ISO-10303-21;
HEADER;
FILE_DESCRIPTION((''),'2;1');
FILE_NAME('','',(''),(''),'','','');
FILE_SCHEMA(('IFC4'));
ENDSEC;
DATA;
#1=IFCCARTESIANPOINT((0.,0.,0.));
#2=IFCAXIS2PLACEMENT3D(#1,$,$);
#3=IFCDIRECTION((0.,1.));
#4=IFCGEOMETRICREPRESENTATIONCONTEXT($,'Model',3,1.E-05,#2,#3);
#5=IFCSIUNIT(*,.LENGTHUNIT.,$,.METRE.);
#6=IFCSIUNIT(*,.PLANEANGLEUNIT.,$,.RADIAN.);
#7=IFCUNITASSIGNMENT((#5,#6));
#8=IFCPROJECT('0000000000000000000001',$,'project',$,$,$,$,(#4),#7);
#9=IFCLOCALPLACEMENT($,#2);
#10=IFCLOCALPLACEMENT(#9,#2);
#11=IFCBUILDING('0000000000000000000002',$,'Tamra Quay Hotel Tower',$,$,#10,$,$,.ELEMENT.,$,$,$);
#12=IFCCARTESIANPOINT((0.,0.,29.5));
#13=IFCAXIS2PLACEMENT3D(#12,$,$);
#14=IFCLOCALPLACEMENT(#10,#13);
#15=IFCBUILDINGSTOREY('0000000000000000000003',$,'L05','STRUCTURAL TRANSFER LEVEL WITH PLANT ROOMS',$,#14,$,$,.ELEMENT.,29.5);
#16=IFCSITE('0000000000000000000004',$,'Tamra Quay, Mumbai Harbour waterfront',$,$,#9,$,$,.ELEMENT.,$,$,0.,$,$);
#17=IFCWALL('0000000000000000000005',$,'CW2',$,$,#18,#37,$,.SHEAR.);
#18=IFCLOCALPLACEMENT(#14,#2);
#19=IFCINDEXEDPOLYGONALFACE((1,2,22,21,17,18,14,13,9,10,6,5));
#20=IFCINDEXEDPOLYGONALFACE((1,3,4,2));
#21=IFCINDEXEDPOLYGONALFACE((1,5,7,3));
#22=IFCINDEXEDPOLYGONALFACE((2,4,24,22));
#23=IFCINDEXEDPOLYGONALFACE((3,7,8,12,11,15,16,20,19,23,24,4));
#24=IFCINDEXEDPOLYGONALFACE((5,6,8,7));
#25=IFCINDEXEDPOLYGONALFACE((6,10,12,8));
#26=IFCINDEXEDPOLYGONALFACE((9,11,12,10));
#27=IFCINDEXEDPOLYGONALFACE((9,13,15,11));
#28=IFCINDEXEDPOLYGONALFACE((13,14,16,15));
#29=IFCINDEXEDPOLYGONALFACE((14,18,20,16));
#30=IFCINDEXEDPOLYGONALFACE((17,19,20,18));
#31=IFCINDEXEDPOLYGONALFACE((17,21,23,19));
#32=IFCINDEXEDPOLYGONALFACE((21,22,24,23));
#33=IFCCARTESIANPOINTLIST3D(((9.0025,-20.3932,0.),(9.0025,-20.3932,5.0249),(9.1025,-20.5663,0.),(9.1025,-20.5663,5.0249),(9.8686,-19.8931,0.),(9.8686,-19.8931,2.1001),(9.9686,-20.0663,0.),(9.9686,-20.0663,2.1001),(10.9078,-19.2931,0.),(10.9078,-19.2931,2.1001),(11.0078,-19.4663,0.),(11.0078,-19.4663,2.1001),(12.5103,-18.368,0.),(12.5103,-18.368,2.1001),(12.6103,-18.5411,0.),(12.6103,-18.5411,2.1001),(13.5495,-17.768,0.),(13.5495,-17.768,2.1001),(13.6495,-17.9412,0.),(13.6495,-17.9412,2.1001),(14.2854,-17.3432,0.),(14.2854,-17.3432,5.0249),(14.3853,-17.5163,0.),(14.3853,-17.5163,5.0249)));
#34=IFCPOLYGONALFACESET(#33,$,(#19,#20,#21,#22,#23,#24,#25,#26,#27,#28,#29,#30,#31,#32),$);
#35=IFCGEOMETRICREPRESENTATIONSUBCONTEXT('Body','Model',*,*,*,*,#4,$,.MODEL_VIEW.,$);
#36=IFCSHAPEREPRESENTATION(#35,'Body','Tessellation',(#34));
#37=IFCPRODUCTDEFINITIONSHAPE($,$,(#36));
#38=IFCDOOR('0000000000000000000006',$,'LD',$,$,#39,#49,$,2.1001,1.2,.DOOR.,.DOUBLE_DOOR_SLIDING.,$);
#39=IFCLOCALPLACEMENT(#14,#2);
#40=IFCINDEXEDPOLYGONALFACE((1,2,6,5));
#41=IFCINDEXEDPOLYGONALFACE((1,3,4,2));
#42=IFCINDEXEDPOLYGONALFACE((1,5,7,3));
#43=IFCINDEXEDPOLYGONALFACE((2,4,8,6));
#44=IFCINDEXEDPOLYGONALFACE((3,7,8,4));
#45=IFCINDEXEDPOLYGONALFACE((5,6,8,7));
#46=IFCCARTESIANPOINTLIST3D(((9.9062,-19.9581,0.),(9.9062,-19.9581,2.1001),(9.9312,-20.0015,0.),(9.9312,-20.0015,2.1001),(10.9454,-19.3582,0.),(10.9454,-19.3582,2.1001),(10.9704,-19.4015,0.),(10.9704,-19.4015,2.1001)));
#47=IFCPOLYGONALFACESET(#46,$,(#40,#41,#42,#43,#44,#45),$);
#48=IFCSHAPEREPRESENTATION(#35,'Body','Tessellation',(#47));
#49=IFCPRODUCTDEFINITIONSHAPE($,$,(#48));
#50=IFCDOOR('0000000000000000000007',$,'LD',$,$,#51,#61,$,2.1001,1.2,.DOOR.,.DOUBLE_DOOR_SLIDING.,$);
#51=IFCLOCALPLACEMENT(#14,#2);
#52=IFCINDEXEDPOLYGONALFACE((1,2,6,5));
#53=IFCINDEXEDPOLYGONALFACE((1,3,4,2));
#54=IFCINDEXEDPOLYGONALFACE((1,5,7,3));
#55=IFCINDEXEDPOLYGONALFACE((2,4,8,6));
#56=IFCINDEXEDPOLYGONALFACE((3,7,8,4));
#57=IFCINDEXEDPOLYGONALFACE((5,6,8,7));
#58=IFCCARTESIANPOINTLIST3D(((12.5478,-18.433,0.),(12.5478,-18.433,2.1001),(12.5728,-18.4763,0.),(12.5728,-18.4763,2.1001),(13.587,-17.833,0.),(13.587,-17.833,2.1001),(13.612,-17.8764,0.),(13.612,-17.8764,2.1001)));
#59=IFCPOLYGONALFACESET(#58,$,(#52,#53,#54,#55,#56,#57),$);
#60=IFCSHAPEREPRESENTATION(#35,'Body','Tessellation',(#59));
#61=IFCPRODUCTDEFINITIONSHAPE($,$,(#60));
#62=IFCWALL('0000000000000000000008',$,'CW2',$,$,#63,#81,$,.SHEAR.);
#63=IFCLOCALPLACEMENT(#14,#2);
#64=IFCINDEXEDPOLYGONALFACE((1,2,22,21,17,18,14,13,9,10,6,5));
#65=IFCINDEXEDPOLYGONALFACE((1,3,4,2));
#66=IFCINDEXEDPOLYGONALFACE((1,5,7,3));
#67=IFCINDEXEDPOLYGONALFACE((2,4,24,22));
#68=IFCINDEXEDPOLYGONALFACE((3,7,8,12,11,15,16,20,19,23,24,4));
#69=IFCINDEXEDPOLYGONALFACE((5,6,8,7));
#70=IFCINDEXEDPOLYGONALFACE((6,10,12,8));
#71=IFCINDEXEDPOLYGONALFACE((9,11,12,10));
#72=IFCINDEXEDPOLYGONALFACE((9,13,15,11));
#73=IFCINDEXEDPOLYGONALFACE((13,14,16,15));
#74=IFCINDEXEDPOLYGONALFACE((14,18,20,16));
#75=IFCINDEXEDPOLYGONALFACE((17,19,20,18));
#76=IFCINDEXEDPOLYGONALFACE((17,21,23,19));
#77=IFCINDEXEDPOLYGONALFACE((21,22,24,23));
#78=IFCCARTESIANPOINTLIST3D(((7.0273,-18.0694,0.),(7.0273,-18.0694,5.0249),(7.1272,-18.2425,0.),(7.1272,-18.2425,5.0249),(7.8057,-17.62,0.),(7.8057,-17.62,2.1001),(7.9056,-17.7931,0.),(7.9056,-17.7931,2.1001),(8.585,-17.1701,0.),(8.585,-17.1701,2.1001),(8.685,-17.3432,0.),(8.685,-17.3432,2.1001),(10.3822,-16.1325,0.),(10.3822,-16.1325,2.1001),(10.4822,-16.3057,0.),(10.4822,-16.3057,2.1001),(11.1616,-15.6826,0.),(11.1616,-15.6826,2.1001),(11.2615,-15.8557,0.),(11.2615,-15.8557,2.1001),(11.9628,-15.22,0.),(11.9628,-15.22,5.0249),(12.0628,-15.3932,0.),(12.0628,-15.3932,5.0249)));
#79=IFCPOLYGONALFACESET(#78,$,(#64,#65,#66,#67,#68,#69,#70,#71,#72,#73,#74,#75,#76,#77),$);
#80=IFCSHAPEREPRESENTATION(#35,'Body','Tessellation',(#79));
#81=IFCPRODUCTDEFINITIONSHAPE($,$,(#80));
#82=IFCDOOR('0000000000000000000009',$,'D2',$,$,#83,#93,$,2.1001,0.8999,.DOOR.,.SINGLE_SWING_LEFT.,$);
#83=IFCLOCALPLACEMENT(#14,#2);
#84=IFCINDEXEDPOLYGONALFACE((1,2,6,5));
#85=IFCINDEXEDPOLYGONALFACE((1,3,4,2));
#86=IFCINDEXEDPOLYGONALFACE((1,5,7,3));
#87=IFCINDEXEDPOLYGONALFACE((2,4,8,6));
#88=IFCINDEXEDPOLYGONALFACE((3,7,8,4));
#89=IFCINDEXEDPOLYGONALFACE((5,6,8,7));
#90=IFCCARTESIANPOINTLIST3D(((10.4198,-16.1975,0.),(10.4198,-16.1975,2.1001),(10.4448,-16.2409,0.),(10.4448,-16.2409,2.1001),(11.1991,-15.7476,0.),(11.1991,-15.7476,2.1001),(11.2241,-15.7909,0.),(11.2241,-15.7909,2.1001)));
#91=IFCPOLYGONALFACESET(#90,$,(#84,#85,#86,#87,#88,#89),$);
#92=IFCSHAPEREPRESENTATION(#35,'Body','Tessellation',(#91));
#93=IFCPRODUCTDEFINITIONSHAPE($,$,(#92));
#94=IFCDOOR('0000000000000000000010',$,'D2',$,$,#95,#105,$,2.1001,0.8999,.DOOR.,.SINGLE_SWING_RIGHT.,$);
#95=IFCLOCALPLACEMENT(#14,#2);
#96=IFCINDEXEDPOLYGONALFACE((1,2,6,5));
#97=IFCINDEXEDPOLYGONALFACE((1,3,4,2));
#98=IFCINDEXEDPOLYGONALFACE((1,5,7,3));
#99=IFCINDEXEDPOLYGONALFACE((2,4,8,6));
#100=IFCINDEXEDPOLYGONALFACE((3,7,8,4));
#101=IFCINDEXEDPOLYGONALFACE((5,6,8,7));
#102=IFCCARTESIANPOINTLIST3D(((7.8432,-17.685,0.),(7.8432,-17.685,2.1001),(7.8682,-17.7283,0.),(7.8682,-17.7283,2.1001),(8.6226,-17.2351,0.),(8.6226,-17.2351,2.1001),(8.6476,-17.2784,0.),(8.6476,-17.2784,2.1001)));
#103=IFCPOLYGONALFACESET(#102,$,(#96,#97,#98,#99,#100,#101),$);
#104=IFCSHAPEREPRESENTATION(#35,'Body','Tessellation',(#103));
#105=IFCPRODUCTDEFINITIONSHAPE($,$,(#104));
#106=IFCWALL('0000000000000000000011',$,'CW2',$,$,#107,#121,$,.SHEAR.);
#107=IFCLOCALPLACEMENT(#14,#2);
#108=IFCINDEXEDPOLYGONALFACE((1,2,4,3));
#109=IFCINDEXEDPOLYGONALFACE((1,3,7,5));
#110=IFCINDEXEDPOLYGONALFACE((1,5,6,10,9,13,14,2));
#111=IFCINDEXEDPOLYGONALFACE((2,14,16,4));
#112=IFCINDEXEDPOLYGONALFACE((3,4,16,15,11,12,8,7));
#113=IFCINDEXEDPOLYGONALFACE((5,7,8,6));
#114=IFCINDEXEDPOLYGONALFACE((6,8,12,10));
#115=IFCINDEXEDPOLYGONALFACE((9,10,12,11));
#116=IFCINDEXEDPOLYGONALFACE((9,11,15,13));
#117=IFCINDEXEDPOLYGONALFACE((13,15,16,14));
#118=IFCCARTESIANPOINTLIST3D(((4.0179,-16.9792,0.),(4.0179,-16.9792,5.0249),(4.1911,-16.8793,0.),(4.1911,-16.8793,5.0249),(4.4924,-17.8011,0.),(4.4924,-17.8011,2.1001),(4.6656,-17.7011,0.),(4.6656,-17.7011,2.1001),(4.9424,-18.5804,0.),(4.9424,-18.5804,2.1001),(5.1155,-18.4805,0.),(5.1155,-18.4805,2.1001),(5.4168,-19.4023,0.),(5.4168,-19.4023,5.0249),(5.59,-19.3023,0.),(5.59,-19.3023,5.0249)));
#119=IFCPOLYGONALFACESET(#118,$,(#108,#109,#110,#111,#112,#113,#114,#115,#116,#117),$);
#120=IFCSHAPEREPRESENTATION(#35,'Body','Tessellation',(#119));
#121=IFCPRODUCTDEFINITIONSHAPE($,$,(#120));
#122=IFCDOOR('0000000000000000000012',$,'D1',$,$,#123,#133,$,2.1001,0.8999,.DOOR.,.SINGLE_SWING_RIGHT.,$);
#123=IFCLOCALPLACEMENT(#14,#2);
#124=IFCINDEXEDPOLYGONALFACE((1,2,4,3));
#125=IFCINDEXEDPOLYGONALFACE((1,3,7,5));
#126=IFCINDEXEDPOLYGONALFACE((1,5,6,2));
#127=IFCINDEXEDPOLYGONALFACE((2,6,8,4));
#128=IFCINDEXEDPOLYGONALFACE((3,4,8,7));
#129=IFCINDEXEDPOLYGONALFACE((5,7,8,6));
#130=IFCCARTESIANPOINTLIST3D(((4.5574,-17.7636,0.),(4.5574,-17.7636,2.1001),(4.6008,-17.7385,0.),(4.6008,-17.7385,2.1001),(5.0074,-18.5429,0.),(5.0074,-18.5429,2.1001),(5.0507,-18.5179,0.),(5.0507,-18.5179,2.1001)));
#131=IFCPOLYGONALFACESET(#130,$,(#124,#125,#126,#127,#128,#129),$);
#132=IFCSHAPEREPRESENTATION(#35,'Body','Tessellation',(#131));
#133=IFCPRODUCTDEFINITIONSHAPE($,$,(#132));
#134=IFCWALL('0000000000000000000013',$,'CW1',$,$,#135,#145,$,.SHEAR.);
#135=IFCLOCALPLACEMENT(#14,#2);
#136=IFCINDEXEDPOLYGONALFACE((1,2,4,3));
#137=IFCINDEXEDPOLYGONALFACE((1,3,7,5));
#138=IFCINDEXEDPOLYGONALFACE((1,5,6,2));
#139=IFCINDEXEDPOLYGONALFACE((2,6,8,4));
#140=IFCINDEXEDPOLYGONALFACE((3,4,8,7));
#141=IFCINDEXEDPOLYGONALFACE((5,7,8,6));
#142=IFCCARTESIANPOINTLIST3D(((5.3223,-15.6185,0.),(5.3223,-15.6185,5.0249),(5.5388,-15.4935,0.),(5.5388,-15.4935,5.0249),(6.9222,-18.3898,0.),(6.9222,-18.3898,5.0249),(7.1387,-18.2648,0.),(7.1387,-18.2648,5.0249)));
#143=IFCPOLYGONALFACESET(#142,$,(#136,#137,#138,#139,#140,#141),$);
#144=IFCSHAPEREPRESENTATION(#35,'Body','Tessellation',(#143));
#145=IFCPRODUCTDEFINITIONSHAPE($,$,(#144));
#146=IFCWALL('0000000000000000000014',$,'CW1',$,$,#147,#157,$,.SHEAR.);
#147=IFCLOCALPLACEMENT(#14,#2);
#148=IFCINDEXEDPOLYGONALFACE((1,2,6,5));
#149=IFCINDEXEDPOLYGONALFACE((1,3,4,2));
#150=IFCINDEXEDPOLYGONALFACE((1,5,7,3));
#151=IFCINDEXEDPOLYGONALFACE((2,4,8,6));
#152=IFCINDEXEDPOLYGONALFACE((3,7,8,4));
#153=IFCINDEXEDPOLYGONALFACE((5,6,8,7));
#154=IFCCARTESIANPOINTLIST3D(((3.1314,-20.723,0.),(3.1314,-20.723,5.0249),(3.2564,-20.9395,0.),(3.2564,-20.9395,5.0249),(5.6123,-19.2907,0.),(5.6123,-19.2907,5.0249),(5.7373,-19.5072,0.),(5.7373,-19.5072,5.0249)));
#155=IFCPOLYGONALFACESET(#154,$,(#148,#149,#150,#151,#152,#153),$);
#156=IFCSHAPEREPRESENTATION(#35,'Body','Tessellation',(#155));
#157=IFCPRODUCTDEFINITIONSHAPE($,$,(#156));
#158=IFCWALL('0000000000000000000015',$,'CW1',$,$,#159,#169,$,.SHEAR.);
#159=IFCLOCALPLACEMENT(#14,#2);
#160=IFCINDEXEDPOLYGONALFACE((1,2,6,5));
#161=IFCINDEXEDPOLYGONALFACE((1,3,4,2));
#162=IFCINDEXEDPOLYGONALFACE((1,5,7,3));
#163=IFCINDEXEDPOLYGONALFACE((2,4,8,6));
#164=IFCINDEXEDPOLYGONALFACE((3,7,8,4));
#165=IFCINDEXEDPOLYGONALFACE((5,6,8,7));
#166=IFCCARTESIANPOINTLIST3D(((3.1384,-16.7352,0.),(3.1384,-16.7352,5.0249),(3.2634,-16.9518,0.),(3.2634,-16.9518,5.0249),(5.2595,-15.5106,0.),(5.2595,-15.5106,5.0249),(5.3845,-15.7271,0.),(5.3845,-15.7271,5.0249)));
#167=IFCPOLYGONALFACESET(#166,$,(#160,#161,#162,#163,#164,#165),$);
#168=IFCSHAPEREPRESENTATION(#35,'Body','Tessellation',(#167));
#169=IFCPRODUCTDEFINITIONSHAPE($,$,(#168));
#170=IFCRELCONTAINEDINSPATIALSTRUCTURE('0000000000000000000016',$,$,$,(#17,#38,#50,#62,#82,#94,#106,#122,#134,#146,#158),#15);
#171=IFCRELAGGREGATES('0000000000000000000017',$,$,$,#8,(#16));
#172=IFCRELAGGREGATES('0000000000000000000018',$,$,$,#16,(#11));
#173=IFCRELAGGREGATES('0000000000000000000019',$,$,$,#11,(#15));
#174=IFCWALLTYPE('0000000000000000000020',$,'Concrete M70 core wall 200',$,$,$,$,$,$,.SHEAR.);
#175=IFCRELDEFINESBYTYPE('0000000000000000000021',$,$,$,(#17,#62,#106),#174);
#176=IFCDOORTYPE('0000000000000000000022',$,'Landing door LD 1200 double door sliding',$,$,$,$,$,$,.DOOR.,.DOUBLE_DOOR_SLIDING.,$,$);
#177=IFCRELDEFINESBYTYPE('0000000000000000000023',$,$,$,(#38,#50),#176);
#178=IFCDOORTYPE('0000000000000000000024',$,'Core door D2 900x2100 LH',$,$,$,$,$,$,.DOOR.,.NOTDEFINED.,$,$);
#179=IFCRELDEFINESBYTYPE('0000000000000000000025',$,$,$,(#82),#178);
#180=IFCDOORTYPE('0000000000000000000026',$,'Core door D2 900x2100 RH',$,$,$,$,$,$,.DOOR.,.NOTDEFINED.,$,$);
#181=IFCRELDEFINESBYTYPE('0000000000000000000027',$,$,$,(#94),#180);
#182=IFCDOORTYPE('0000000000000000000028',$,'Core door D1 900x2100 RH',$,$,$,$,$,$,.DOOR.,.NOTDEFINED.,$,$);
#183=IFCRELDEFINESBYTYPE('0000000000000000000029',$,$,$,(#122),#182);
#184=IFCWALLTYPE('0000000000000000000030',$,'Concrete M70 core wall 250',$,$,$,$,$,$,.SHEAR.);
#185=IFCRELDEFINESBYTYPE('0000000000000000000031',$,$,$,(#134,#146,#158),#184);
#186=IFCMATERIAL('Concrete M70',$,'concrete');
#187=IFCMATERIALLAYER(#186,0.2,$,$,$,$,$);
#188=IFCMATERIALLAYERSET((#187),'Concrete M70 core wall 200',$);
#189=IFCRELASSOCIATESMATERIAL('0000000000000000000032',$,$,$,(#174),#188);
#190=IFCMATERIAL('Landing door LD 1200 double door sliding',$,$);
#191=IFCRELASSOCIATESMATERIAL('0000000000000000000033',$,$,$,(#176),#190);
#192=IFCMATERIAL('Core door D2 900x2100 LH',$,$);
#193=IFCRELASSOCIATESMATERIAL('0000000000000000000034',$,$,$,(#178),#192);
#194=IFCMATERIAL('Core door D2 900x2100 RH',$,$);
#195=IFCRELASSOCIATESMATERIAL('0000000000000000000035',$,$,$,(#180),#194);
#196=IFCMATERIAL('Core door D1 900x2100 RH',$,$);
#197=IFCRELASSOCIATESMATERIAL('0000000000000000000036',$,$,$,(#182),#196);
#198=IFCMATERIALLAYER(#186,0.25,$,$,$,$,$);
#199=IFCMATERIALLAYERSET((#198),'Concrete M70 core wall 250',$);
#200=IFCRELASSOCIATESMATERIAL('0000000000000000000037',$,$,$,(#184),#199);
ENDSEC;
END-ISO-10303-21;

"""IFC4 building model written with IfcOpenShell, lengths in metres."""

from ifc_helpers import new_model, si_unit, direction, frame, frame_2d, origin, place, context, subcontext, project, spatial, rectangle, extrude, material, layer, layer_set, type_object, element, fill, save


model = new_model("IFC4")

# Units and contexts
model_context = context("Model", 3, precision=1e-05, world=origin(), true_north=direction((0.0, 1.0)))
body_context = subcontext(model_context, "Body", "Model", "MODEL_VIEW")
ifc_project = project(units=[si_unit("LENGTHUNIT", "METRE"), si_unit("PLANEANGLEUNIT", "RADIAN")], contexts=[model_context])

# Site, building, storey
site_placement = place(None, origin())
site = spatial("IfcSite", under=ifc_project, at=site_placement, Name="Tamra Quay, Mumbai Harbour waterfront", CompositionType="ELEMENT", RefElevation=0.0)
building_placement = place(site_placement, origin())
building = spatial("IfcBuilding", under=site, at=building_placement, Name="Tamra Quay Hotel Tower", CompositionType="ELEMENT")
storey_placement = place(building_placement, frame((0.0, 0.0, 29.5)))
storey = spatial("IfcBuildingStorey", under=building, at=storey_placement, Name="L05", Description="STRUCTURAL TRANSFER LEVEL WITH PLANT ROOMS", CompositionType="ELEMENT", Elevation=29.5)

# Walls, openings, doors
ifc_material_1 = material(Name="Concrete M70", Category="concrete")
ifc_layer_1 = layer(ifc_material_1, 0.2)
ifc_layer_set_1 = layer_set([ifc_layer_1], Name="Concrete M70 core wall 200")
wall_type_1 = type_object("IfcWallType", Name="Concrete M70 core wall 200", PredefinedType="SHEAR", material=ifc_layer_set_1)
wall_1_placement = place(storey_placement, frame((9.0525, -20.4797, 0.0), z_axis=(0.0, 0.0, 1.0), x_axis=(0.86603, 0.499992, 0.0)))
wall_1 = element("IfcWall", 1, at=wall_1_placement, inside=storey, type_object=wall_type_1, Name="CW2", PredefinedType="SHEAR", context=body_context, shape_type="SweptSolid", body=[
    extrude(rectangle(XDim=6.1001, YDim=0.2, at=frame_2d((3.05, 0.0))), origin(), (0.0, 0.0, 1.0), 5.0249),
])
opening_1_placement = place(wall_1_placement, frame((1.0, 0.0, 0.0)))
opening_1 = element("IfcOpeningElement", 2, at=opening_1_placement, cuts=wall_1, PredefinedType="OPENING", context=body_context, shape_type="SweptSolid", body=[
    extrude(rectangle(XDim=1.2, YDim=2.1001, at=frame_2d((0.6001, 1.05))), frame((0.0, 0.1099, 0.0), z_axis=(0.0, -1.0, 0.0), x_axis=(1.0, 0.0, 0.0)), (0.0, 0.0, 1.0), 0.22),
])
opening_2_placement = place(wall_1_placement, frame((4.0503, 0.0, 0.0)))
opening_2 = element("IfcOpeningElement", 3, at=opening_2_placement, cuts=wall_1, PredefinedType="OPENING", context=body_context, shape_type="SweptSolid", body=[
    extrude(rectangle(XDim=1.2, YDim=2.1001, at=frame_2d((0.6001, 1.05))), frame((0.0, 0.1099, 0.0), z_axis=(0.0, -1.0, 0.0), x_axis=(1.0, 0.0, 0.0)), (0.0, 0.0, 1.0), 0.22),
])
ifc_material_2 = material(Name="Landing door LD 1200 double door sliding")
door_type_1 = type_object("IfcDoorType", Name="Landing door LD 1200 double door sliding", OperationType="DOUBLE_DOOR_SLIDING", PredefinedType="DOOR", material=ifc_material_2)
door_1_placement = place(opening_1_placement, origin())
door_1 = element("IfcDoor", 4, at=door_1_placement, inside=storey, type_object=door_type_1, Name="LD", OperationType="DOUBLE_DOOR_SLIDING", OverallHeight=2.1001, OverallWidth=1.2, PredefinedType="DOOR", context=body_context, shape_type="SweptSolid", body=[
    extrude(rectangle(XDim=1.2, YDim=2.1001, at=frame_2d((0.6001, 1.05))), frame((0.0, 0.0249, 0.0), z_axis=(0.0, -1.0, 0.0), x_axis=(1.0, 0.0, 0.0)), (0.0, 0.0, 1.0), 0.05),
])
fill(opening_1, door_1)
door_2_placement = place(opening_2_placement, origin())
door_2 = element("IfcDoor", 5, at=door_2_placement, inside=storey, type_object=door_type_1, Name="LD", OperationType="DOUBLE_DOOR_SLIDING", OverallHeight=2.1001, OverallWidth=1.2, PredefinedType="DOOR", context=body_context, shape_type="SweptSolid", body=[
    extrude(rectangle(XDim=1.2, YDim=2.1001, at=frame_2d((0.6001, 1.05))), frame((0.0, 0.0249, 0.0), z_axis=(0.0, -1.0, 0.0), x_axis=(1.0, 0.0, 0.0)), (0.0, 0.0, 1.0), 0.05),
])
fill(opening_2, door_2)
wall_2_placement = place(storey_placement, frame((7.0771, -18.156, 0.0), z_axis=(0.0, 0.0, 1.0), x_axis=(0.866039, 0.499977, 0.0)))
wall_2 = element("IfcWall", 6, at=wall_2_placement, inside=storey, type_object=wall_type_1, Name="CW2", PredefinedType="SHEAR", context=body_context, shape_type="SweptSolid", body=[
    extrude(rectangle(XDim=5.699, YDim=0.2, at=frame_2d((2.8496, 0.0))), origin(), (0.0, 0.0, 1.0), 5.0249),
])
opening_3_placement = place(wall_2_placement, frame((0.8989, 0.0, 0.0)))
opening_3 = element("IfcOpeningElement", 7, at=opening_3_placement, cuts=wall_2, PredefinedType="OPENING", context=body_context, shape_type="SweptSolid", body=[
    extrude(rectangle(XDim=0.8999, YDim=2.1001, at=frame_2d((0.45, 1.05))), frame((0.0, 0.1099, 0.0), z_axis=(0.0, -1.0, 0.0), x_axis=(1.0, 0.0, 0.0)), (0.0, 0.0, 1.0), 0.22),
])
opening_4_placement = place(wall_2_placement, frame((3.874, 0.0, 0.0)))
opening_4 = element("IfcOpeningElement", 8, at=opening_4_placement, cuts=wall_2, PredefinedType="OPENING", context=body_context, shape_type="SweptSolid", body=[
    extrude(rectangle(XDim=0.8999, YDim=2.1001, at=frame_2d((0.45, 1.05))), frame((0.0, 0.1099, 0.0), z_axis=(0.0, -1.0, 0.0), x_axis=(1.0, 0.0, 0.0)), (0.0, 0.0, 1.0), 0.22),
])
ifc_material_3 = material(Name="Core door D2 900x2100 LH")
door_type_2 = type_object("IfcDoorType", Name="Core door D2 900x2100 LH", OperationType="NOTDEFINED", PredefinedType="DOOR", material=ifc_material_3)
door_3_placement = place(opening_4_placement, origin())
door_3 = element("IfcDoor", 9, at=door_3_placement, inside=storey, type_object=door_type_2, Name="D2", OperationType="SINGLE_SWING_LEFT", OverallHeight=2.1001, OverallWidth=0.8999, PredefinedType="DOOR", context=body_context, shape_type="SweptSolid", body=[
    extrude(rectangle(XDim=0.8999, YDim=2.1001, at=frame_2d((0.45, 1.05))), frame((0.0, 0.0249, 0.0), z_axis=(0.0, -1.0, 0.0), x_axis=(1.0, 0.0, 0.0)), (0.0, 0.0, 1.0), 0.05),
])
fill(opening_4, door_3)
ifc_material_4 = material(Name="Core door D2 900x2100 RH")
door_type_3 = type_object("IfcDoorType", Name="Core door D2 900x2100 RH", OperationType="NOTDEFINED", PredefinedType="DOOR", material=ifc_material_4)
door_4_placement = place(opening_3_placement, origin())
door_4 = element("IfcDoor", 10, at=door_4_placement, inside=storey, type_object=door_type_3, Name="D2", OperationType="SINGLE_SWING_RIGHT", OverallHeight=2.1001, OverallWidth=0.8999, PredefinedType="DOOR", context=body_context, shape_type="SweptSolid", body=[
    extrude(rectangle(XDim=0.8999, YDim=2.1001, at=frame_2d((0.45, 1.05))), frame((0.0, 0.0249, 0.0), z_axis=(0.0, -1.0, 0.0), x_axis=(1.0, 0.0, 0.0)), (0.0, 0.0, 1.0), 0.05),
])
fill(opening_3, door_4)

# Wall, opening, door
wall_3_placement = place(storey_placement, frame((5.5034, -19.3523, 0.0), z_axis=(0.0, 0.0, 1.0), x_axis=(-0.499987, 0.866033, 0.0)))
wall_3 = element("IfcWall", 11, at=wall_3_placement, inside=storey, type_object=wall_type_1, Name="CW2", PredefinedType="SHEAR", context=body_context, shape_type="SweptSolid", body=[
    extrude(rectangle(XDim=2.7979, YDim=0.2, at=frame_2d((1.3989, 0.0))), origin(), (0.0, 0.0, 1.0), 5.0249),
])
opening_5_placement = place(wall_3_placement, frame((0.949, 0.0, 0.0)))
opening_5 = element("IfcOpeningElement", 12, at=opening_5_placement, cuts=wall_3, PredefinedType="OPENING", context=body_context, shape_type="SweptSolid", body=[
    extrude(rectangle(XDim=0.8999, YDim=2.1001, at=frame_2d((0.45, 1.05))), frame((0.0, 0.1099, 0.0), z_axis=(0.0, -1.0, 0.0), x_axis=(1.0, 0.0, 0.0)), (0.0, 0.0, 1.0), 0.22),
])
ifc_material_5 = material(Name="Core door D1 900x2100 RH")
door_type_4 = type_object("IfcDoorType", Name="Core door D1 900x2100 RH", OperationType="NOTDEFINED", PredefinedType="DOOR", material=ifc_material_5)
door_5_placement = place(opening_5_placement, origin())
door_5 = element("IfcDoor", 13, at=door_5_placement, inside=storey, type_object=door_type_4, Name="D1", OperationType="SINGLE_SWING_RIGHT", OverallHeight=2.1001, OverallWidth=0.8999, PredefinedType="DOOR", context=body_context, shape_type="SweptSolid", body=[
    extrude(rectangle(XDim=0.8999, YDim=2.1001, at=frame_2d((0.45, 1.05))), frame((0.0, 0.0249, 0.0), z_axis=(0.0, -1.0, 0.0), x_axis=(1.0, 0.0, 0.0)), (0.0, 0.0, 1.0), 0.05),
])
fill(opening_5, door_5)

# Walls
ifc_layer_2 = layer(ifc_material_1, 0.25)
ifc_layer_set_2 = layer_set([ifc_layer_2], Name="Concrete M70 core wall 250")
wall_type_2 = type_object("IfcWallType", Name="Concrete M70 core wall 250", PredefinedType="SHEAR", material=ifc_layer_set_2)
wall_4_placement = place(storey_placement, frame((7.0305, -18.3274, 0.0), z_axis=(0.0, 0.0, 1.0), x_axis=(-0.499971, 0.866042, 0.0)))
element("IfcWall", 14, at=wall_4_placement, inside=storey, type_object=wall_type_2, Name="CW1", PredefinedType="SHEAR", context=body_context, shape_type="SweptSolid", body=[
    extrude(rectangle(XDim=3.2, YDim=0.25, at=frame_2d((1.6001, 0.0))), origin(), (0.0, 0.0, 1.0), 5.0249),
])
wall_5_placement = place(storey_placement, frame((5.6748, -19.3989, 0.0), z_axis=(0.0, 0.0, 1.0), x_axis=(-0.866027, -0.499998, 0.0)))
element("IfcWall", 15, at=wall_5_placement, inside=storey, type_object=wall_type_2, Name="CW1", PredefinedType="SHEAR", context=body_context, shape_type="SweptSolid", body=[
    extrude(rectangle(XDim=2.8647, YDim=0.25, at=frame_2d((1.4324, 0.0))), origin(), (0.0, 0.0, 1.0), 5.0249),
])
wall_6_placement = place(storey_placement, frame((5.322, -15.6189, 0.0), z_axis=(0.0, 0.0, 1.0), x_axis=(-0.866026, -0.499999, 0.0)))
element("IfcWall", 16, at=wall_6_placement, inside=storey, type_object=wall_type_2, Name="CW1", PredefinedType="SHEAR", context=body_context, shape_type="SweptSolid", body=[
    extrude(rectangle(XDim=2.4492, YDim=0.25, at=frame_2d((1.2246, 0.0))), origin(), (0.0, 0.0, 1.0), 5.0249),
])

save(model, "model.ifc")
